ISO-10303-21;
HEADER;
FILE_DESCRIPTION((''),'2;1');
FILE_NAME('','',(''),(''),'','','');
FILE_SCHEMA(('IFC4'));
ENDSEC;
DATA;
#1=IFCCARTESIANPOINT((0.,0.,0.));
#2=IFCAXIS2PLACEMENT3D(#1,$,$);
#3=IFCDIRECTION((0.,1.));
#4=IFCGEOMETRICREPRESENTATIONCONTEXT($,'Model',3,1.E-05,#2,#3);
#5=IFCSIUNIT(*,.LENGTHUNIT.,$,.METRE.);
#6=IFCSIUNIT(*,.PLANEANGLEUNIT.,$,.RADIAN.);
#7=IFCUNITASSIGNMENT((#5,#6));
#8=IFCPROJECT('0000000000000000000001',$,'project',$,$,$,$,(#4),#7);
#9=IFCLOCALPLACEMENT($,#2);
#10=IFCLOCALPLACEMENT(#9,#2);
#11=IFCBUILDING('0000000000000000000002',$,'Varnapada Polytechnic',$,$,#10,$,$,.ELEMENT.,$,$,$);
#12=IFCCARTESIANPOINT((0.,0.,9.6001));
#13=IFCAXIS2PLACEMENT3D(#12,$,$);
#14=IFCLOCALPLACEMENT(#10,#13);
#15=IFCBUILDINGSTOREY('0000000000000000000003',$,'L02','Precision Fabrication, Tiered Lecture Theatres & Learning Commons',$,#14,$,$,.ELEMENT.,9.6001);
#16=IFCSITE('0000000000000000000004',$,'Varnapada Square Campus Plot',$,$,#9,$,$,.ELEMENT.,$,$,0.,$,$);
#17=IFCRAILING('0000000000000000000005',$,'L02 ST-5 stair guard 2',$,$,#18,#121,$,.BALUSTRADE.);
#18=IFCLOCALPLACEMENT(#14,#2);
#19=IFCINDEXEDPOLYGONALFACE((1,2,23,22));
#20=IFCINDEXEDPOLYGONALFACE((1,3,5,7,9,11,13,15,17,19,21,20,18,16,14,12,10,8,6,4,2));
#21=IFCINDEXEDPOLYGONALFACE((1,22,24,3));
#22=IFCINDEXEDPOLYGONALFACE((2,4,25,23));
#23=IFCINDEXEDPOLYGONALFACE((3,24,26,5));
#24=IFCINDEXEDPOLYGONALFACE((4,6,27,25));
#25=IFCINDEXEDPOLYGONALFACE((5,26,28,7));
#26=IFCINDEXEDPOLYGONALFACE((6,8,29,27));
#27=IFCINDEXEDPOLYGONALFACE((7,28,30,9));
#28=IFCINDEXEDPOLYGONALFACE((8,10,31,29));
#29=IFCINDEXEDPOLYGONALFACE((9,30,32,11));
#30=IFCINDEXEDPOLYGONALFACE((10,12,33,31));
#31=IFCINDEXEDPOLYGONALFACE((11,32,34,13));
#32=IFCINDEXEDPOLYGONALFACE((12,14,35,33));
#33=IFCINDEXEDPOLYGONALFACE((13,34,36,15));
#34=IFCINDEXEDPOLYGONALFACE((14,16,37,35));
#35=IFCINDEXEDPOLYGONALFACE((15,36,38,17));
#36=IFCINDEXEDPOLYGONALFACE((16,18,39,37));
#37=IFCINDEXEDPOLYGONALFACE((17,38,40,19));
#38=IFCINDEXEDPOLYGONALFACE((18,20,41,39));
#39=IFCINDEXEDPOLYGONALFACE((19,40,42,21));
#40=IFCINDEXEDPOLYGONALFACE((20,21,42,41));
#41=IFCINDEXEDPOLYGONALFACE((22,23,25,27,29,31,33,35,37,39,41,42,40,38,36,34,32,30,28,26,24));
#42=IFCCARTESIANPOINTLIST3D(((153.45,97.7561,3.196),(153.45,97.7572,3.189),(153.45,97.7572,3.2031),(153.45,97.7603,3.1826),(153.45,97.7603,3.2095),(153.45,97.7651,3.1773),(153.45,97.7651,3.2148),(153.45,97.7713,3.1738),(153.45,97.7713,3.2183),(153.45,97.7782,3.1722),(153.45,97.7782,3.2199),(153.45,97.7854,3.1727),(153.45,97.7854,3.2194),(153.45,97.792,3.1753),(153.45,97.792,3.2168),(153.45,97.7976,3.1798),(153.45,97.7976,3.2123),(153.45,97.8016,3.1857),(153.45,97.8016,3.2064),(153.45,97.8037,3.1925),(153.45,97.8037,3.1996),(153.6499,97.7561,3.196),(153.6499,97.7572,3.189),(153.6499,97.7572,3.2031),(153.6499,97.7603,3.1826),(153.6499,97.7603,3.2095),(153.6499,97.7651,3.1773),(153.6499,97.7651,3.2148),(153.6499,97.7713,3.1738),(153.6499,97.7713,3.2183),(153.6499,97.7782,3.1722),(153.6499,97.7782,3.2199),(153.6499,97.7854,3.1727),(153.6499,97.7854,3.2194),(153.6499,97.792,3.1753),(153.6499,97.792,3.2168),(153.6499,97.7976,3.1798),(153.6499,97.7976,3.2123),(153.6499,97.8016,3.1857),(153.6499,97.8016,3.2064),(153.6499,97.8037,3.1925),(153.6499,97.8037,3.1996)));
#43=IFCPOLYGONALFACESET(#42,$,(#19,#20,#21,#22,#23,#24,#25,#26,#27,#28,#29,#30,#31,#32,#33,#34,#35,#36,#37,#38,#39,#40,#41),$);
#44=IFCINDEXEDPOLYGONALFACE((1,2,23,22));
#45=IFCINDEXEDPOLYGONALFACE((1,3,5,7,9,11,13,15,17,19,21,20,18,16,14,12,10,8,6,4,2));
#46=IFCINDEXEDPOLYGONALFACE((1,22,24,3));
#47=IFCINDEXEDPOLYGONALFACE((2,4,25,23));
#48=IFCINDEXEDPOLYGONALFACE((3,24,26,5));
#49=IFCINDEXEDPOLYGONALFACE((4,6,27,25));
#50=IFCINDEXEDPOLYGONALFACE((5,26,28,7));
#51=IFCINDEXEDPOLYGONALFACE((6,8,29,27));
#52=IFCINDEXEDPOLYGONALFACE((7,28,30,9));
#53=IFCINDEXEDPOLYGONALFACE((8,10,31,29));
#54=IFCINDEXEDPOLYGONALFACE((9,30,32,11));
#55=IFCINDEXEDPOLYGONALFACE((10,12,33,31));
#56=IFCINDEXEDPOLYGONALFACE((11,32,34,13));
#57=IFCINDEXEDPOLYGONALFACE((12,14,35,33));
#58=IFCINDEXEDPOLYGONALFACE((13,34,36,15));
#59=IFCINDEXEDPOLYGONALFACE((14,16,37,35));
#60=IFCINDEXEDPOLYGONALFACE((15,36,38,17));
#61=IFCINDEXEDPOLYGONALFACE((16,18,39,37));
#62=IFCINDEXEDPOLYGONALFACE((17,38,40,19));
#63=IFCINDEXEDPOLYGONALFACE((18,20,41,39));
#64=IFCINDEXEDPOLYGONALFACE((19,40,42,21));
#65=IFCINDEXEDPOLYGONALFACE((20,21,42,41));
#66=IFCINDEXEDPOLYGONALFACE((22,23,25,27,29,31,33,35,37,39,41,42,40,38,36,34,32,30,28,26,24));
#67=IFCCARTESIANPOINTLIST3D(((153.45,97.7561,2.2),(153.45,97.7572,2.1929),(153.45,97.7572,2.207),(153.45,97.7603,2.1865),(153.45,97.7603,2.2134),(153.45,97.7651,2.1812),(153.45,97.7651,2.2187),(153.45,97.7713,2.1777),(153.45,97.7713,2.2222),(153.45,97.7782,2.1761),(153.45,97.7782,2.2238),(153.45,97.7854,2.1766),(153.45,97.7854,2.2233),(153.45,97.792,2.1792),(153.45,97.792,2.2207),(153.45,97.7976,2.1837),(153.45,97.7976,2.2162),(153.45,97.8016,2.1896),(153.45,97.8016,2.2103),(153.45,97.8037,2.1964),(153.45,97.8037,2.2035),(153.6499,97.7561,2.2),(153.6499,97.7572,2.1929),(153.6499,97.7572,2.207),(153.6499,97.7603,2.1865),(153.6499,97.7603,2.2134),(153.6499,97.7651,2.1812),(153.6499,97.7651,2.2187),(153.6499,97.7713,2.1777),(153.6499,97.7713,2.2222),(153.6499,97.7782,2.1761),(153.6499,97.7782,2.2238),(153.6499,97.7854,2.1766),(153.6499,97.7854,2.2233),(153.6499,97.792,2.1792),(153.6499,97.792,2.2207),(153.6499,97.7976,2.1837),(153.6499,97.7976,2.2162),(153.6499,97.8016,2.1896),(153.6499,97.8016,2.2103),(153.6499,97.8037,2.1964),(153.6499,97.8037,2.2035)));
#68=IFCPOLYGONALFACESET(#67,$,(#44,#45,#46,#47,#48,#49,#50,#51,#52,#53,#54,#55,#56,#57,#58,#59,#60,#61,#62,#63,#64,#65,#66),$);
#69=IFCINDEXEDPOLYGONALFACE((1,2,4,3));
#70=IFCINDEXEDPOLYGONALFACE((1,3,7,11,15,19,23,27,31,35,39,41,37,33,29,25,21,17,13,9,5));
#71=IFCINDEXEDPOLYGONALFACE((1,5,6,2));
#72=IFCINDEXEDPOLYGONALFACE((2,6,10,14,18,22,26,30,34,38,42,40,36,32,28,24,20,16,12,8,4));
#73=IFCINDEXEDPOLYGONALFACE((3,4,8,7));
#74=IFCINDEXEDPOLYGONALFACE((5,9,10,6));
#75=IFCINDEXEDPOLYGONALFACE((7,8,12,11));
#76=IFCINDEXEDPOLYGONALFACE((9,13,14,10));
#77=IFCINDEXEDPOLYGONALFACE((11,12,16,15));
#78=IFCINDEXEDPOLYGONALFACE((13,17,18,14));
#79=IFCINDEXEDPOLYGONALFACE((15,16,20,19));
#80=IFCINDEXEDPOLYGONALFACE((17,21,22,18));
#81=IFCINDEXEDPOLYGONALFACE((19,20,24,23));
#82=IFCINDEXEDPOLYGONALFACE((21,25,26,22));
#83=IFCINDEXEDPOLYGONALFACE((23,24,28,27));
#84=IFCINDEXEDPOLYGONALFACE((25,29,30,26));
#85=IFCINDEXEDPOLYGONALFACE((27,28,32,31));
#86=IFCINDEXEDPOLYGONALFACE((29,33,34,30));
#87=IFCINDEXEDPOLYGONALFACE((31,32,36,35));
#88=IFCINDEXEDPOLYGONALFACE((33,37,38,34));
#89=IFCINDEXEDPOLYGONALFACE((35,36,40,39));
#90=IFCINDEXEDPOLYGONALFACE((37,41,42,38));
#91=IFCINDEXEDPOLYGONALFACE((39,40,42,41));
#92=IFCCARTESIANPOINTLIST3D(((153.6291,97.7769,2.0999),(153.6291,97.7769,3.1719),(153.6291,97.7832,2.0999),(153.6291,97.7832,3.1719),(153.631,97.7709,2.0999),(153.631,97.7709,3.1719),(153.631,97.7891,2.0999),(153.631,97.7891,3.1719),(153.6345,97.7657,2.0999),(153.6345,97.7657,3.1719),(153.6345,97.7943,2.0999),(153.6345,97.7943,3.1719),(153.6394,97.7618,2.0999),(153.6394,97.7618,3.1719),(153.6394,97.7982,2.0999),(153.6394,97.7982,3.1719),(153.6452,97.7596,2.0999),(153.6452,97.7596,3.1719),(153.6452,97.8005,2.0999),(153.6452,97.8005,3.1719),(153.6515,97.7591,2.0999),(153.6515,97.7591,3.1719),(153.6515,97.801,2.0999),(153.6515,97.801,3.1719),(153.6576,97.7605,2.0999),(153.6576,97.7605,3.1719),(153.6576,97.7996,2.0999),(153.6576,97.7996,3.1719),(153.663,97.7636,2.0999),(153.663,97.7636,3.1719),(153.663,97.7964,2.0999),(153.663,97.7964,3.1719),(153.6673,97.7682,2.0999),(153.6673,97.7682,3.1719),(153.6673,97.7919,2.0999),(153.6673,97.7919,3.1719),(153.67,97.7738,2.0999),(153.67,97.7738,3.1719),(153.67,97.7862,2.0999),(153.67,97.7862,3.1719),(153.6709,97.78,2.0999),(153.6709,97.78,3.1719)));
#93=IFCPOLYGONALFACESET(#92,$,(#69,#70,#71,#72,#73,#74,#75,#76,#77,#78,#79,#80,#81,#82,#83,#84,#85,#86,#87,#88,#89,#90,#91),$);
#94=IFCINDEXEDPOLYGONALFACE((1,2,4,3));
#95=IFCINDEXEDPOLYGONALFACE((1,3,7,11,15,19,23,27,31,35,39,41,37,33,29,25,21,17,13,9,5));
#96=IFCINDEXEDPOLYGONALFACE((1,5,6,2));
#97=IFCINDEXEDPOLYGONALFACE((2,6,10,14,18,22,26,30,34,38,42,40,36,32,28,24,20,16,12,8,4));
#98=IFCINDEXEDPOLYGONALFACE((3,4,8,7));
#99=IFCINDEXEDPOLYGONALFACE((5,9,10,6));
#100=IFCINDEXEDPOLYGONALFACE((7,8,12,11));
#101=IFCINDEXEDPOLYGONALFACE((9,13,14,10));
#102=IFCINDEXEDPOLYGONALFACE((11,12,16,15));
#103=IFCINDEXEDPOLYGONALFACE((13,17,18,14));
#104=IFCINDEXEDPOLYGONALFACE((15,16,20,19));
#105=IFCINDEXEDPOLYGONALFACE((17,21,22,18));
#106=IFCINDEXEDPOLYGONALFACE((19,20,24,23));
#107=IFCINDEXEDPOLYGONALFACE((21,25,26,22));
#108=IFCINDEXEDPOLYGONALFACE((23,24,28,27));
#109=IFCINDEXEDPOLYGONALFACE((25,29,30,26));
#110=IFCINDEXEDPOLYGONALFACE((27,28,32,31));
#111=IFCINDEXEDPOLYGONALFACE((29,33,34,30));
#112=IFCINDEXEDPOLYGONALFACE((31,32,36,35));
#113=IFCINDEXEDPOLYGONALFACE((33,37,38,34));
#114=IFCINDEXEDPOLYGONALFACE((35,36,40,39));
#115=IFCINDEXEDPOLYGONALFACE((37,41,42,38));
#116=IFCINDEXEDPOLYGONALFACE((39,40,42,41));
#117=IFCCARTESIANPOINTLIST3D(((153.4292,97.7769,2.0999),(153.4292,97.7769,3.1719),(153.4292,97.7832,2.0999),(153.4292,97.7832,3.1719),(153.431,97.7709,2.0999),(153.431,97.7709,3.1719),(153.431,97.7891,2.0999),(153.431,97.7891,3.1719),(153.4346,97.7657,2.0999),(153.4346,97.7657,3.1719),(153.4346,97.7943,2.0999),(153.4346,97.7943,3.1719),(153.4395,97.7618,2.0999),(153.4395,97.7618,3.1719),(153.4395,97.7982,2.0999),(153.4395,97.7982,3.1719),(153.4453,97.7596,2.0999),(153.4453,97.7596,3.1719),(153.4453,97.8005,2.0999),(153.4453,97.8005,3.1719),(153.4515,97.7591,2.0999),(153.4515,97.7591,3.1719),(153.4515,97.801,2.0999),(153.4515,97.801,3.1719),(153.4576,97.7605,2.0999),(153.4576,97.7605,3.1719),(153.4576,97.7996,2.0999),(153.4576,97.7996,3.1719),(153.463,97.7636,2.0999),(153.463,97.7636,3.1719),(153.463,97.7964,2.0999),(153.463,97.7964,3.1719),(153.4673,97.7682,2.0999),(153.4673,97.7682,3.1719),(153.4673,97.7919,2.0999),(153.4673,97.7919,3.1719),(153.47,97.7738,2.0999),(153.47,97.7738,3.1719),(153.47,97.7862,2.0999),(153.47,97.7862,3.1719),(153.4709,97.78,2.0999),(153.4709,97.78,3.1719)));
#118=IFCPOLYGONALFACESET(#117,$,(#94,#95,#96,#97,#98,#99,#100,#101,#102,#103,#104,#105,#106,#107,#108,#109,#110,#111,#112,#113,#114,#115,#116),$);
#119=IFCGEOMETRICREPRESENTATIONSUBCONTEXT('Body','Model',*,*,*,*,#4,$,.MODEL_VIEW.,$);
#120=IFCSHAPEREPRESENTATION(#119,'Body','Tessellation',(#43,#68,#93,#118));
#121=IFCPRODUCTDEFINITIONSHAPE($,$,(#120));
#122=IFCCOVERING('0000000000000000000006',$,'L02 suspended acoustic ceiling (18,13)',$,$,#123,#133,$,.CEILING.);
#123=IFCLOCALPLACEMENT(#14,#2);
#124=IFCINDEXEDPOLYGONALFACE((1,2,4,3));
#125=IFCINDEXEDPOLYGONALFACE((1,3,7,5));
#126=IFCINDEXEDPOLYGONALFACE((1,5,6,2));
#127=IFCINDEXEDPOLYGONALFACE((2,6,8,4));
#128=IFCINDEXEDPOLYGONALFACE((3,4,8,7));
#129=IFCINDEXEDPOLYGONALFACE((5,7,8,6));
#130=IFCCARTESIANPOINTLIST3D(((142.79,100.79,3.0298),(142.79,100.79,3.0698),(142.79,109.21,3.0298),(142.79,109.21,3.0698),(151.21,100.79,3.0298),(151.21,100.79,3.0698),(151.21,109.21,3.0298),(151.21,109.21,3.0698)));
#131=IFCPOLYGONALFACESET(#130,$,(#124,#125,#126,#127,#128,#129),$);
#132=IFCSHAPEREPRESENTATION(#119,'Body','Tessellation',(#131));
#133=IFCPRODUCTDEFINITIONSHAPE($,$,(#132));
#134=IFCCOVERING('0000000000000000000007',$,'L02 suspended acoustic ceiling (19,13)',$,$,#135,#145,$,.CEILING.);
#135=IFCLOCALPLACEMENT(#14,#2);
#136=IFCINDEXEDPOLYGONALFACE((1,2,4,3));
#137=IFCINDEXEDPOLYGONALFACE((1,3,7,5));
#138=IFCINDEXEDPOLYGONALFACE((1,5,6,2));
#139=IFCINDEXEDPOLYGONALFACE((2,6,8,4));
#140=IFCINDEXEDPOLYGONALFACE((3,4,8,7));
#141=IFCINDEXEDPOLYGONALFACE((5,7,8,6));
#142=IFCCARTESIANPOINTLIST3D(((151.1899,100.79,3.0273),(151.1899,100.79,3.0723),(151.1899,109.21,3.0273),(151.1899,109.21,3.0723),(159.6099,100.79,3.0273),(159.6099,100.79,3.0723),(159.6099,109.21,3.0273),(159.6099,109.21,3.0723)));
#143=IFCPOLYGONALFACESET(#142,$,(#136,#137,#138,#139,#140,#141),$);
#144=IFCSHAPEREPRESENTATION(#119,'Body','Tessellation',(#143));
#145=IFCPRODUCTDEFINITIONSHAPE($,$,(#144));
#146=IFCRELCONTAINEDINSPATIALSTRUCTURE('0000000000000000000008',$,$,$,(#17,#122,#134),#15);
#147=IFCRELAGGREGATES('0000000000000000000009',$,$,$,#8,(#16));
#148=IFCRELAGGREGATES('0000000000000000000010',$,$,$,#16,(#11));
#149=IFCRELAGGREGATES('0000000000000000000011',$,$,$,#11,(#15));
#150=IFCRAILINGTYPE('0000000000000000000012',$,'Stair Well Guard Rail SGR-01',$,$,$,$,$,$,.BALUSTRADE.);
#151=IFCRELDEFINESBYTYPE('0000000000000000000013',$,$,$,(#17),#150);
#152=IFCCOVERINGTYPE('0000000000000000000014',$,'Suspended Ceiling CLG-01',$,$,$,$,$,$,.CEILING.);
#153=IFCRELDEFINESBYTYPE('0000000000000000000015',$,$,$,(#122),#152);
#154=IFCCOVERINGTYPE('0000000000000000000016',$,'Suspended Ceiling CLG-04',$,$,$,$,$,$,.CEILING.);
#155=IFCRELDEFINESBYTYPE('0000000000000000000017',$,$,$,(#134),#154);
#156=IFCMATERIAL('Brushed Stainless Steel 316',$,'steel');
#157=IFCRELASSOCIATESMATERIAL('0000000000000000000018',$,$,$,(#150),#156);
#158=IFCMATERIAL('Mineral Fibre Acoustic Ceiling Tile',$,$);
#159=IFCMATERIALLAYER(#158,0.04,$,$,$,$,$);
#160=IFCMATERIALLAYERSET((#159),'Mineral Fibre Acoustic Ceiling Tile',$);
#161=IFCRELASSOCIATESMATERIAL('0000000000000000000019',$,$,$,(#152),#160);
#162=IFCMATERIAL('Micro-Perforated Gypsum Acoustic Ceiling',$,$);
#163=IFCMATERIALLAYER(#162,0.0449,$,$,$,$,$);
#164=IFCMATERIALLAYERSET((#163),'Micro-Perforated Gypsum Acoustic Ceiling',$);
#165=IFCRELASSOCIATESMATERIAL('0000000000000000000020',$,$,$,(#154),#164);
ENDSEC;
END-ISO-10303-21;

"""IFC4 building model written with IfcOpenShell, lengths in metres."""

from ifc_helpers import new_model, si_unit, direction, frame, origin, origin_2d, place, context, subcontext, project, spatial, rectangle, circle, extrude, material, layer, layer_set, type_object, element, save


model = new_model("IFC4")

# Units and contexts
model_context = context("Model", 3, precision=1e-05, world=origin(), true_north=direction((0.0, 1.0)))
body_context = subcontext(model_context, "Body", "Model", "MODEL_VIEW")
ifc_project = project(units=[si_unit("LENGTHUNIT", "METRE"), si_unit("PLANEANGLEUNIT", "RADIAN")], contexts=[model_context])

# Site, building, storey
site_placement = place(None, origin())
site = spatial("IfcSite", under=ifc_project, at=site_placement, Name="Varnapada Square Campus Plot", CompositionType="ELEMENT", RefElevation=0.0)
building_placement = place(site_placement, origin())
building = spatial("IfcBuilding", under=site, at=building_placement, Name="Varnapada Polytechnic", CompositionType="ELEMENT")
storey_placement = place(building_placement, frame((0.0, 0.0, 9.6001)))
storey = spatial("IfcBuildingStorey", under=building, at=storey_placement, Name="L02", Description="Precision Fabrication, Tiered Lecture Theatres & Learning Commons", CompositionType="ELEMENT", Elevation=9.6001)

# Railing
ifc_material_1 = material(Name="Brushed Stainless Steel 316", Category="steel")
railing_type = type_object("IfcRailingType", Name="Stair Well Guard Rail SGR-01", PredefinedType="BALUSTRADE", material=ifc_material_1)
railing_1_placement = place(storey_placement, frame((153.6499, 97.78, 2.0999)))
element("IfcRailing", 1, at=railing_1_placement, inside=storey, type_object=railing_type, Name="L02 ST-5 stair guard 2", PredefinedType="BALUSTRADE", context=body_context, shape_type="SweptSolid", body=[
    extrude(circle(Radius=0.0239, at=origin_2d()), frame((0.0, 0.0, 1.0962), z_axis=(-1.0, 0.0, 0.0), x_axis=(0.0, -1.0, 0.0)), (0.0, 0.0, 1.0), 0.2),
    extrude(circle(Radius=0.0239, at=origin_2d()), frame((0.0, 0.0, 0.1001), z_axis=(-1.0, 0.0, 0.0), x_axis=(0.0, -1.0, 0.0)), (0.0, 0.0, 1.0), 0.2),
    extrude(circle(Radius=0.021, at=origin_2d()), origin(), (0.0, 0.0, 1.0), 1.072),
    extrude(circle(Radius=0.021, at=origin_2d()), frame((-0.2, 0.0, 0.0)), (0.0, 0.0, 1.0), 1.072),
])

# Coverings
ifc_material_2 = material(Name="Mineral Fibre Acoustic Ceiling Tile")
ifc_layer_1 = layer(ifc_material_2, 0.04)
ifc_layer_set_1 = layer_set([ifc_layer_1], Name="Mineral Fibre Acoustic Ceiling Tile")
covering_type_1 = type_object("IfcCoveringType", Name="Suspended Ceiling CLG-01", PredefinedType="CEILING", material=ifc_layer_set_1)
covering_1_placement = place(storey_placement, frame((147.0, 105.0, 3.0298), z_axis=(0.0, 0.0, 1.0), x_axis=(1.0, 0.0, 0.0)))
element("IfcCovering", 2, at=covering_1_placement, inside=storey, type_object=covering_type_1, Name="L02 suspended acoustic ceiling (18,13)", PredefinedType="CEILING", context=body_context, shape_type="SweptSolid", body=[
    extrude(rectangle(XDim=8.4199, YDim=8.4199, at=origin_2d()), origin(), (0.0, 0.0, 1.0), 0.04),
])
ifc_material_3 = material(Name="Micro-Perforated Gypsum Acoustic Ceiling")
ifc_layer_2 = layer(ifc_material_3, 0.0449)
ifc_layer_set_2 = layer_set([ifc_layer_2], Name="Micro-Perforated Gypsum Acoustic Ceiling")
covering_type_2 = type_object("IfcCoveringType", Name="Suspended Ceiling CLG-04", PredefinedType="CEILING", material=ifc_layer_set_2)
covering_2_placement = place(storey_placement, frame((155.3999, 105.0, 3.0273), z_axis=(0.0, 0.0, 1.0), x_axis=(1.0, 0.0, 0.0)))
element("IfcCovering", 3, at=covering_2_placement, inside=storey, type_object=covering_type_2, Name="L02 suspended acoustic ceiling (19,13)", PredefinedType="CEILING", context=body_context, shape_type="SweptSolid", body=[
    extrude(rectangle(XDim=8.4199, YDim=8.4199, at=origin_2d()), origin(), (0.0, 0.0, 1.0), 0.0449),
])

save(model, "model.ifc")
